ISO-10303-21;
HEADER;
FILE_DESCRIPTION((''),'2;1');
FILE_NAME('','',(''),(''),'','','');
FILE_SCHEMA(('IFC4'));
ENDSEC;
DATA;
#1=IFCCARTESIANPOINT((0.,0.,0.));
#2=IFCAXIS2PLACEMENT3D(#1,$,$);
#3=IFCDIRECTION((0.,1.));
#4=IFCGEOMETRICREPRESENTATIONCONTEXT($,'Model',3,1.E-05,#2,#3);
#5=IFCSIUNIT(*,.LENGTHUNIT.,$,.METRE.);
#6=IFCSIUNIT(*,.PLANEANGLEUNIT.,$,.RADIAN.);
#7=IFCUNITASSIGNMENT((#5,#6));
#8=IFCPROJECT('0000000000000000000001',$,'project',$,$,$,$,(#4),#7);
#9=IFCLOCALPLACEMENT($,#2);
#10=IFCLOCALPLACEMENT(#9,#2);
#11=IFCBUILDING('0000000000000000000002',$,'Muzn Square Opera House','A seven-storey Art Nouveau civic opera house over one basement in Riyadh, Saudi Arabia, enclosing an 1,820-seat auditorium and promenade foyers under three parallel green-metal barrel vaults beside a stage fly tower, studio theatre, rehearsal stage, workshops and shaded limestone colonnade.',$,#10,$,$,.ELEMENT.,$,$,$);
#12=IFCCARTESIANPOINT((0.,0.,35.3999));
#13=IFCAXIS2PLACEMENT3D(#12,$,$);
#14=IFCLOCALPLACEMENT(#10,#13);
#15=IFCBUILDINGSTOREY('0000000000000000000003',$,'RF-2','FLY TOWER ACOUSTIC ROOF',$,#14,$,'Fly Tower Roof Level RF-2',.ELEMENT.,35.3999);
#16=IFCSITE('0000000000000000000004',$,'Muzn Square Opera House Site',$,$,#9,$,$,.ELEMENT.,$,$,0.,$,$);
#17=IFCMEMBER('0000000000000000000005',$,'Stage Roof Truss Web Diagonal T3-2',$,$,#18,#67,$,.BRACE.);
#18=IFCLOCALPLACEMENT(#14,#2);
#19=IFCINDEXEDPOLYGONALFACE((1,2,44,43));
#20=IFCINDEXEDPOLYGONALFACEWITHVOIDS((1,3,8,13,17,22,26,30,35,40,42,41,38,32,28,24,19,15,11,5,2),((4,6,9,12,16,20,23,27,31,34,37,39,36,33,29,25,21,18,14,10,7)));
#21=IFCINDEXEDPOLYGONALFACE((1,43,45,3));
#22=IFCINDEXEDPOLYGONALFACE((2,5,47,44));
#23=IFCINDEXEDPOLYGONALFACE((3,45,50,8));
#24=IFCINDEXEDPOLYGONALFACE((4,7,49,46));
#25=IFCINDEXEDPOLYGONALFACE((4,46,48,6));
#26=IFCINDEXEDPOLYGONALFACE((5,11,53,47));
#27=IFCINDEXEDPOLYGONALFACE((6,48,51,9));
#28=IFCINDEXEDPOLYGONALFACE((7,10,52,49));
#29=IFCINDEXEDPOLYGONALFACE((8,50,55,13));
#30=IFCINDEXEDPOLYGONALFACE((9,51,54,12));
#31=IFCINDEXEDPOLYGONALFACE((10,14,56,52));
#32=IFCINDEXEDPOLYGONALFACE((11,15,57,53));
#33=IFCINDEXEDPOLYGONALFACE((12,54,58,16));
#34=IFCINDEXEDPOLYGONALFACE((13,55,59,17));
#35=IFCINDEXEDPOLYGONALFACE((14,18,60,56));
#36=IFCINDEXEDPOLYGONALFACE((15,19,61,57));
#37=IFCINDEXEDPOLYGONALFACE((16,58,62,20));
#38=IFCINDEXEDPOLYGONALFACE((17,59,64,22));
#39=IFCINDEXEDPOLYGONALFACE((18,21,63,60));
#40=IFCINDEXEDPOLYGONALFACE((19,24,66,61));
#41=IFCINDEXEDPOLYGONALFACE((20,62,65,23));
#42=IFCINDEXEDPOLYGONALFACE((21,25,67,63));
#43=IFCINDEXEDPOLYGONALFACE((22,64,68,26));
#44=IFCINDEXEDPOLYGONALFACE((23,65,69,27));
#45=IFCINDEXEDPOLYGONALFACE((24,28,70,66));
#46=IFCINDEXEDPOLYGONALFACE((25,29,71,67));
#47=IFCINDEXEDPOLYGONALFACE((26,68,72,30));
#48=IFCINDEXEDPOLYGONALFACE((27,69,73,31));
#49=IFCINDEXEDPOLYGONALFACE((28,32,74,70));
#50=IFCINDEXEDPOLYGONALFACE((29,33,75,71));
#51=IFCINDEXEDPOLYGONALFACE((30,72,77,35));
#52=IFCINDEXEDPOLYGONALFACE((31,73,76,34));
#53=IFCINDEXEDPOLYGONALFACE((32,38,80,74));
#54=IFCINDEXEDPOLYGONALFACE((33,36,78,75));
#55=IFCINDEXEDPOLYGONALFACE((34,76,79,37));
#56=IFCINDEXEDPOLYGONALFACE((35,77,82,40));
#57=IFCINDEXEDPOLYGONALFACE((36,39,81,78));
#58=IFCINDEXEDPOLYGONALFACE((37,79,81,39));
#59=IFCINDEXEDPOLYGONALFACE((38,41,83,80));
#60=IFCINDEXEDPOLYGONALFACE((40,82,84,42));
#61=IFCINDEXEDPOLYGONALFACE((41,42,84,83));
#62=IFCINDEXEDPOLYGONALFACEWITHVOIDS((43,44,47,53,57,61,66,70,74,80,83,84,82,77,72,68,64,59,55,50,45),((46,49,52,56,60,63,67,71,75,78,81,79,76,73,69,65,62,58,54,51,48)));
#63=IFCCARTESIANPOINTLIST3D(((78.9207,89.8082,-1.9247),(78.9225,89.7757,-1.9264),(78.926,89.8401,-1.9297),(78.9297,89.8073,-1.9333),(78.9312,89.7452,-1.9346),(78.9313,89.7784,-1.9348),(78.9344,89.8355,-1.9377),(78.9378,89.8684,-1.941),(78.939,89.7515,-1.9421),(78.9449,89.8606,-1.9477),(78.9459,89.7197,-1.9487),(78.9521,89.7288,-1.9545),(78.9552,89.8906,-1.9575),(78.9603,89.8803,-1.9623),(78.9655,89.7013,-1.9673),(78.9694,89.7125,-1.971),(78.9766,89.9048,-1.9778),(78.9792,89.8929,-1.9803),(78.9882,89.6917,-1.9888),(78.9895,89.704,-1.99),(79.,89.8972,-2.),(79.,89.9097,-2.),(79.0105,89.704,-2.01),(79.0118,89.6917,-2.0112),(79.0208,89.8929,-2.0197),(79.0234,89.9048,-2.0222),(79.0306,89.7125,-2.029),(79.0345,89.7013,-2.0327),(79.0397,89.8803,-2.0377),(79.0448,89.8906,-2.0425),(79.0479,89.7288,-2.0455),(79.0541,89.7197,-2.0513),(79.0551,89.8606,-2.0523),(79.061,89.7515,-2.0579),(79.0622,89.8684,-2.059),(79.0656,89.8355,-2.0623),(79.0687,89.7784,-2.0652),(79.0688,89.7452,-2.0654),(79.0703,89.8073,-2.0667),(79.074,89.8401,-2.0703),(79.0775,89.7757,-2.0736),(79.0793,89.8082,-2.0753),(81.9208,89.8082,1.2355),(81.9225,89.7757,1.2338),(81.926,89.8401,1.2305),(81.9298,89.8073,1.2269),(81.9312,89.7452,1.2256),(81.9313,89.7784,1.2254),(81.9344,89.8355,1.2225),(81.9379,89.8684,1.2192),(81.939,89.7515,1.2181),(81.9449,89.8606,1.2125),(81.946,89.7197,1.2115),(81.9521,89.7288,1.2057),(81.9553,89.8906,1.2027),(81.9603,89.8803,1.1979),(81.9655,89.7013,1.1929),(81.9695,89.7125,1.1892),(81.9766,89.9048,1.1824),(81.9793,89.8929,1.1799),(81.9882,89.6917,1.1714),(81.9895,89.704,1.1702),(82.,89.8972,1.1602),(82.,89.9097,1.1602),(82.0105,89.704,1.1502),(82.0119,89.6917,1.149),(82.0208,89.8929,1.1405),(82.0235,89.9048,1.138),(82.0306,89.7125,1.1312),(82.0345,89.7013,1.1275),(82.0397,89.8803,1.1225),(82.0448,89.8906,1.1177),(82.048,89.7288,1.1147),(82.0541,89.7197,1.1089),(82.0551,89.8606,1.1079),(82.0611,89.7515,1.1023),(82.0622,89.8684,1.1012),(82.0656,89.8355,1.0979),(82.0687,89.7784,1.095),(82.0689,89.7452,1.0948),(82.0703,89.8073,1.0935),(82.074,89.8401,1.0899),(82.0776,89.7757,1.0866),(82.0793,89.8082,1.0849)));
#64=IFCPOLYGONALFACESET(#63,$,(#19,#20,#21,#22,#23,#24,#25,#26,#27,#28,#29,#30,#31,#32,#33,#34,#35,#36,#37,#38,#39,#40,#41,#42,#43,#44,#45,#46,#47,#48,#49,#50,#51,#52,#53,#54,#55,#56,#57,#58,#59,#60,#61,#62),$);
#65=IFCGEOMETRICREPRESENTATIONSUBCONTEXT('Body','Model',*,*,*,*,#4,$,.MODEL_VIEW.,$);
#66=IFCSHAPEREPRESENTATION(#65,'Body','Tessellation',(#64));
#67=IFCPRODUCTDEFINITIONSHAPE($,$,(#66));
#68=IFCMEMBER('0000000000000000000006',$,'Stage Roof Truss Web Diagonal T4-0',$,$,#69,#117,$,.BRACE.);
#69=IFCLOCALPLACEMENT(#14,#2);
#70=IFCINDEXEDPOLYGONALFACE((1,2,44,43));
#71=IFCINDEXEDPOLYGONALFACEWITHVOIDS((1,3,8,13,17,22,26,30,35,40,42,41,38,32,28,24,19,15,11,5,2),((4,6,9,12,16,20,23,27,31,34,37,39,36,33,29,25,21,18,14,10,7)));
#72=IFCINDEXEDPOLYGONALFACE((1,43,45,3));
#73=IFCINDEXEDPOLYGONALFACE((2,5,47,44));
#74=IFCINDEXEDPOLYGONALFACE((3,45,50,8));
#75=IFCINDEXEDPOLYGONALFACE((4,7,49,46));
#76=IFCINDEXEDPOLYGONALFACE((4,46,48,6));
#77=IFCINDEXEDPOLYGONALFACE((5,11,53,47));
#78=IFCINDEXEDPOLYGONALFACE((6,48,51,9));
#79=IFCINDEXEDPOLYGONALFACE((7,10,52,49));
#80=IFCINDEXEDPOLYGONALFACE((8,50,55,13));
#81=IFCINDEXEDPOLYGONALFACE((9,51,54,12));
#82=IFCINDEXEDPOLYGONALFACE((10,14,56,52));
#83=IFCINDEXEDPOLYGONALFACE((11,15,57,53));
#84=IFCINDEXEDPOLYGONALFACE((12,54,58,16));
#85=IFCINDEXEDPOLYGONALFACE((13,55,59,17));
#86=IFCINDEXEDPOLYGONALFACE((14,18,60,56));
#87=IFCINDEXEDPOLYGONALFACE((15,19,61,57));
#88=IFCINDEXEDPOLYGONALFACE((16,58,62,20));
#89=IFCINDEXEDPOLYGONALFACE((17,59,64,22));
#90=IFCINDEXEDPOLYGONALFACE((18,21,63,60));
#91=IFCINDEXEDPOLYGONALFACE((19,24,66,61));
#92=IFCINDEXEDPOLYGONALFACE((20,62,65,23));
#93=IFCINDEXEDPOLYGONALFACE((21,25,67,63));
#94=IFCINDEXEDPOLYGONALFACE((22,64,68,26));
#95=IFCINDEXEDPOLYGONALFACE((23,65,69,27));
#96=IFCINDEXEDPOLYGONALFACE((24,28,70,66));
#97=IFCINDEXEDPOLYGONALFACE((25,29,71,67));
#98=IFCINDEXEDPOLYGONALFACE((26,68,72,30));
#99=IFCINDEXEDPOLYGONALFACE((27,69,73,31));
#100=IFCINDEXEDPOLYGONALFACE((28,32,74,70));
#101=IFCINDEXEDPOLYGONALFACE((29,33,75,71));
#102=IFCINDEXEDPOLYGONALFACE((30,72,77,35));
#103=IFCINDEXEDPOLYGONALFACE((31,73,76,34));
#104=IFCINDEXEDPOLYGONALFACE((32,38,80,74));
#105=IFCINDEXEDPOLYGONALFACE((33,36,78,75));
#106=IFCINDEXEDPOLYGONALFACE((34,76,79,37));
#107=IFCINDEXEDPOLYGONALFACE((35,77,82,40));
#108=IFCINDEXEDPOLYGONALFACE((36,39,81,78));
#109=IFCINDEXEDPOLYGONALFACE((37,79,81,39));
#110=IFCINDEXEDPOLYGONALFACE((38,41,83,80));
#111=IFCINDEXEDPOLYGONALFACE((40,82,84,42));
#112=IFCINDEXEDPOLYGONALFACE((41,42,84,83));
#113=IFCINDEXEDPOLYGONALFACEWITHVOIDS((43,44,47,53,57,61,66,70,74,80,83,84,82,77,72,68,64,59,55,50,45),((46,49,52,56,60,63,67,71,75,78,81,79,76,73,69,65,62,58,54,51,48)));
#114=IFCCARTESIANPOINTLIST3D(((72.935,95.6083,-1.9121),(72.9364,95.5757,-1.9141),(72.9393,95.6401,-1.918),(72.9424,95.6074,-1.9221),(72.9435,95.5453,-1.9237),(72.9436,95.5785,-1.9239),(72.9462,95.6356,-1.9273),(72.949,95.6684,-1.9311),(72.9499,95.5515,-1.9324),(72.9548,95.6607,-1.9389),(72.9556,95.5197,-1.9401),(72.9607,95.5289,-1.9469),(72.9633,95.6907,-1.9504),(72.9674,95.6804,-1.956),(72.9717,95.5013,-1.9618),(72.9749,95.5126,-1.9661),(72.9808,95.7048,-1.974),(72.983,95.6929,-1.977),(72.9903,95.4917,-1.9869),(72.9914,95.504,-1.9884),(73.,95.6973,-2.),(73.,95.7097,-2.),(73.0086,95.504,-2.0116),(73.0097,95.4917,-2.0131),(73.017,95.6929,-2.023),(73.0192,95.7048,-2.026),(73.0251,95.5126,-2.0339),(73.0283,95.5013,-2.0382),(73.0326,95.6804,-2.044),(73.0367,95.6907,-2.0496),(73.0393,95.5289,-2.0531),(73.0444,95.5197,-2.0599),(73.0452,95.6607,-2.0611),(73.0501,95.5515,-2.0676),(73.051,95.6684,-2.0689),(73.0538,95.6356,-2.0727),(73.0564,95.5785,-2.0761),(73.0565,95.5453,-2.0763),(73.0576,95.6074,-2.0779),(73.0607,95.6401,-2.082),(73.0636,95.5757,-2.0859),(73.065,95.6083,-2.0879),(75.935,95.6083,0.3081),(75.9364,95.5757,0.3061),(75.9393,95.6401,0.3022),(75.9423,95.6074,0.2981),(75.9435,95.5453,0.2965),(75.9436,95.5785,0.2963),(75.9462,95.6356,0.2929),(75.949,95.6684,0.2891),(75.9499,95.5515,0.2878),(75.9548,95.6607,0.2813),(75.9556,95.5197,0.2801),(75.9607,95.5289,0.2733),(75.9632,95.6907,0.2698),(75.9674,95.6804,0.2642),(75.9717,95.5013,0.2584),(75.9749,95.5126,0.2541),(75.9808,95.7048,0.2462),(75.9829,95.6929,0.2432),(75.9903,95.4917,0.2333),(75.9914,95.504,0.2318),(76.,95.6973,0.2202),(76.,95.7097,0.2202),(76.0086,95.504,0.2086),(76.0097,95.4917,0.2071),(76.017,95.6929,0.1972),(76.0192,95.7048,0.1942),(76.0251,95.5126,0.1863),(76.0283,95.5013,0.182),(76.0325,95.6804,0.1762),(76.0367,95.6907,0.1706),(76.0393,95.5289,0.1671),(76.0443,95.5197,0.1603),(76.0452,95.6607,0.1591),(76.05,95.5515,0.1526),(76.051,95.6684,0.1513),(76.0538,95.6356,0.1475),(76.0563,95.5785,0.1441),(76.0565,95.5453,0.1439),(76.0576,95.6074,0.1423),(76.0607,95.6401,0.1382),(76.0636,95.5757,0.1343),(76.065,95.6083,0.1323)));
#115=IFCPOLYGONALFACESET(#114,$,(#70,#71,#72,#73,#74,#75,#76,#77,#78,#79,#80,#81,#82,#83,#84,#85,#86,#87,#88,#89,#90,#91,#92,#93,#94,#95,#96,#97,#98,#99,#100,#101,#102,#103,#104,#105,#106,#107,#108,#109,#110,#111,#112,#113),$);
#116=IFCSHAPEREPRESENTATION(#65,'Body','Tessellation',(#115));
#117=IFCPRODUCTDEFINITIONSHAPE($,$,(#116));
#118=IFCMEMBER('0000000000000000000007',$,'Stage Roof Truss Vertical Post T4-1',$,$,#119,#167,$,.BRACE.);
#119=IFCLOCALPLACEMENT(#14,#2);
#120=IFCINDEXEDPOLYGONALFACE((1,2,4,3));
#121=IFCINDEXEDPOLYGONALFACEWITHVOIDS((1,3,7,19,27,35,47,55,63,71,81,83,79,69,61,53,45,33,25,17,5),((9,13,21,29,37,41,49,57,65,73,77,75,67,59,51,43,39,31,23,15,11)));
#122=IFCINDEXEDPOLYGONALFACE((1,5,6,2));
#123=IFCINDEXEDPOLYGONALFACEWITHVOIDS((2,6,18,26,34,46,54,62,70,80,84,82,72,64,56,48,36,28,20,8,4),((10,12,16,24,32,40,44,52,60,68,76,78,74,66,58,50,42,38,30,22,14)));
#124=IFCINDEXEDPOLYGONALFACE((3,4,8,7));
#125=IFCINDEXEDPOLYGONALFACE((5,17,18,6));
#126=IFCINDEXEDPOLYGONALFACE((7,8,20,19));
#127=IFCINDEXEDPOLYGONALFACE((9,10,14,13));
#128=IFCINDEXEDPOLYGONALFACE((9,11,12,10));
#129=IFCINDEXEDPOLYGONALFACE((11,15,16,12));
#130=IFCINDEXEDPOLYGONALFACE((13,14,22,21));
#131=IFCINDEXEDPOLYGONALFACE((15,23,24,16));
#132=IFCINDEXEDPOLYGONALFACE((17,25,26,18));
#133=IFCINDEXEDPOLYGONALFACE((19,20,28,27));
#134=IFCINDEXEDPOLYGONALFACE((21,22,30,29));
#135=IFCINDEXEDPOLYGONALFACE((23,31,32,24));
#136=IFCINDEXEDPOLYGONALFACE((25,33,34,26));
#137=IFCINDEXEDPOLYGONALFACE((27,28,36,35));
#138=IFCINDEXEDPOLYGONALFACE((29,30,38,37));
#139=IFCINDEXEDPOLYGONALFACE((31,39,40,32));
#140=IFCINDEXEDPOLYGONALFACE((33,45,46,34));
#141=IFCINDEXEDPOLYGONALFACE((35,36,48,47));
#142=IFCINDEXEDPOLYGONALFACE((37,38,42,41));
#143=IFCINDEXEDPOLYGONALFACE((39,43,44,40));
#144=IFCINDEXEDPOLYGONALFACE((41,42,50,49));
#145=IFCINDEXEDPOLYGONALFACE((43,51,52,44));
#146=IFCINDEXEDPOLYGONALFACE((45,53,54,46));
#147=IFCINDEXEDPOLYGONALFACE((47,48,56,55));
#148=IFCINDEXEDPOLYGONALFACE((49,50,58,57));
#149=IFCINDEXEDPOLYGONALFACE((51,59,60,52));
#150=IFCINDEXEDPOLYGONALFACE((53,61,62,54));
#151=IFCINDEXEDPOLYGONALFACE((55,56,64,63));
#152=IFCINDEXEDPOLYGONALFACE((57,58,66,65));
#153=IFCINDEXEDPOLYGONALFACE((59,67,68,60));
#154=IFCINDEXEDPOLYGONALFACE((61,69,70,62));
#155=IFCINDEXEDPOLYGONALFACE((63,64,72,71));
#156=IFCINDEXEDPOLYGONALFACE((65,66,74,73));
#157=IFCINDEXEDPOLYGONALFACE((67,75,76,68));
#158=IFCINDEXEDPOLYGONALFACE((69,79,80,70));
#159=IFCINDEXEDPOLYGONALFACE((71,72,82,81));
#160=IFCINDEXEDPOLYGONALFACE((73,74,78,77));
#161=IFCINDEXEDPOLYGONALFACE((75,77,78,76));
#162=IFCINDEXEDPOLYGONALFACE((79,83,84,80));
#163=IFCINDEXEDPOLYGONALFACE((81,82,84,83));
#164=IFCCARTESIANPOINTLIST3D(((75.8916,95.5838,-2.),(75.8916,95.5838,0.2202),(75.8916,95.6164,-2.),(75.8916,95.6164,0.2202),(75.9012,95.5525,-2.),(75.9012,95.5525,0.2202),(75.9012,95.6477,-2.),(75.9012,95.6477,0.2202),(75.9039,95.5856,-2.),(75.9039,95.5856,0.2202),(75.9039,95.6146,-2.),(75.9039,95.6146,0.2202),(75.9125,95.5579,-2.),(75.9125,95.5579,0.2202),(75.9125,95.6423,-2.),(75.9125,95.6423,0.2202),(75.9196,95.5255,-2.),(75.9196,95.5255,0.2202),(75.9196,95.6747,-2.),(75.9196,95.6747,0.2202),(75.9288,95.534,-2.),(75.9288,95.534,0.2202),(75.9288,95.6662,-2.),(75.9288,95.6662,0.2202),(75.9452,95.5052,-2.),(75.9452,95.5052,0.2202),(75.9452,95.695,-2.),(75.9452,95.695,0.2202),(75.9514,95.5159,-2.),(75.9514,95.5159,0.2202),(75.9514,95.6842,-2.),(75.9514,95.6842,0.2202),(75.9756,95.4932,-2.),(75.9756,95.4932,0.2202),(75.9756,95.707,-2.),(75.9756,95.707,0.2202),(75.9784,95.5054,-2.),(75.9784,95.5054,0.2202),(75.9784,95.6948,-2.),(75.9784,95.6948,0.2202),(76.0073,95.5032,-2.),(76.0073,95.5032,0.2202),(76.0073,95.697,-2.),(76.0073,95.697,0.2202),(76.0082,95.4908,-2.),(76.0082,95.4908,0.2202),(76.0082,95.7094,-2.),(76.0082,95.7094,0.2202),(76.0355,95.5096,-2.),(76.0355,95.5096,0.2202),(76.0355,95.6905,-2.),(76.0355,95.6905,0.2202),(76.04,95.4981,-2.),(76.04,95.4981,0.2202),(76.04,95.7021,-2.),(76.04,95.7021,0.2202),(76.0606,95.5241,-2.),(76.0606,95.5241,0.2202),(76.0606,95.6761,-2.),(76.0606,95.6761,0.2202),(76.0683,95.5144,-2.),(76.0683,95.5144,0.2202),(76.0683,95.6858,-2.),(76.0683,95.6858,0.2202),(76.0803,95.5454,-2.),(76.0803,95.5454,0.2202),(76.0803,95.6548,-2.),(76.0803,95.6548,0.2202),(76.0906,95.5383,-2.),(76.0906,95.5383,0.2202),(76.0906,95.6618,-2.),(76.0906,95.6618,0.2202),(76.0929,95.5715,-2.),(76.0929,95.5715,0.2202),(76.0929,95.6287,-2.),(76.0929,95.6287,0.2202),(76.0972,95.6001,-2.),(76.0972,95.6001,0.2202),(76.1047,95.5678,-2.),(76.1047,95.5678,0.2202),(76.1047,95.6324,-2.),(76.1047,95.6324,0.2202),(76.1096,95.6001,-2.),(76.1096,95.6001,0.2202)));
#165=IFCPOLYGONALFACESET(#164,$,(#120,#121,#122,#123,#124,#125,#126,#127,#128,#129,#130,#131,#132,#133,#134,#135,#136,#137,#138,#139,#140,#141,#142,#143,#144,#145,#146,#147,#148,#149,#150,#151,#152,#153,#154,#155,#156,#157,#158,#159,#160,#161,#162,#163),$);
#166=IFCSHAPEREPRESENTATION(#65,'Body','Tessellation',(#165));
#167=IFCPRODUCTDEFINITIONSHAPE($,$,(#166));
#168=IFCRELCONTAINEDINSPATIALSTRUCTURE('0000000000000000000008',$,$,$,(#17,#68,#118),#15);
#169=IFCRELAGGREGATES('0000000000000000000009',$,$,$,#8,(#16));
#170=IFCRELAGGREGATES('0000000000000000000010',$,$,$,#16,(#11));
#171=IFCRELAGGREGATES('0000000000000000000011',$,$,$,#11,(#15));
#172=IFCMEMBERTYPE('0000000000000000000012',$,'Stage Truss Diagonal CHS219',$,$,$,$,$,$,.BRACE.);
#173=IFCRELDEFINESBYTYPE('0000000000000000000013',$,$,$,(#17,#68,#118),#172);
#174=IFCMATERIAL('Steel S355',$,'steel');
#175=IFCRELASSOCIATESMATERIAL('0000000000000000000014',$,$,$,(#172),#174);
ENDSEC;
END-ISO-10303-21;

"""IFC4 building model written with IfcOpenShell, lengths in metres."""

from ifc_helpers import new_model, si_unit, direction, frame, origin, origin_2d, place, context, subcontext, project, spatial, hollow_circle, extrude, material, material_profile, profile_set, type_object, element, save


model = new_model("IFC4")

# Units and contexts
model_context = context("Model", 3, precision=1e-05, world=origin(), true_north=direction((0.0, 1.0)))
body_context = subcontext(model_context, "Body", "Model", "MODEL_VIEW")
ifc_project = project(units=[si_unit("LENGTHUNIT", "METRE"), si_unit("PLANEANGLEUNIT", "RADIAN")], contexts=[model_context])

# Site, building, storey
site_placement = place(None, origin())
site = spatial("IfcSite", under=ifc_project, at=site_placement, Name="Muzn Square Opera House Site", CompositionType="ELEMENT", RefElevation=0.0)
building_placement = place(site_placement, origin())
building = spatial("IfcBuilding", under=site, at=building_placement, Name="Muzn Square Opera House", Description="A seven-storey Art Nouveau civic opera house over one basement in Riyadh, Saudi Arabia, enclosing an 1,820-seat auditorium and promenade foyers under three parallel green-metal barrel vaults beside a stage fly tower, studio theatre, rehearsal stage, workshops and shaded limestone colonnade.", CompositionType="ELEMENT")
storey_placement = place(building_placement, frame((0.0, 0.0, 35.3999)))
storey = spatial("IfcBuildingStorey", under=building, at=storey_placement, Name="RF-2", Description="FLY TOWER ACOUSTIC ROOF", LongName="Fly Tower Roof Level RF-2", CompositionType="ELEMENT", Elevation=35.3999)

# Members
ifc_material = material(Name="Steel S355", Category="steel")
ifc_material_profile_1 = material_profile(ifc_material, hollow_circle(Radius=0.1096, WallThickness=0.0125, at=origin_2d()), Name="CHS 219.1x12.5", Category="steel")
ifc_profile_set_1 = profile_set([ifc_material_profile_1], Name="Steel S355")
member_type_1 = type_object("IfcMemberType", Name="Stage Truss Diagonal CHS219", PredefinedType="BRACE", material=ifc_profile_set_1)
member_1_placement = place(storey_placement, frame((79.0, 89.8, -2.0), z_axis=(0.68849, 0.0, 0.725246), x_axis=(0.0, 1.0, 0.0)))
element("IfcMember", 1, at=member_1_placement, inside=storey, type_object=member_type_1, Name="Stage Roof Truss Web Diagonal T3-2", PredefinedType="BRACE", context=body_context, shape_type="SweptSolid", body=[
    extrude(hollow_circle(Radius=0.1096, WallThickness=0.0125, at=origin_2d()), origin(), (0.0, 0.0, 1.0), 4.3574),
])
member_2_placement = place(storey_placement, frame((73.0, 95.6001, -2.0), z_axis=(0.803814, 0.0, 0.59488), x_axis=(0.0, 1.0, 0.0)))
element("IfcMember", 2, at=member_2_placement, inside=storey, type_object=member_type_1, Name="Stage Roof Truss Web Diagonal T4-0", PredefinedType="BRACE", context=body_context, shape_type="SweptSolid", body=[
    extrude(hollow_circle(Radius=0.1096, WallThickness=0.0125, at=origin_2d()), origin(), (0.0, 0.0, 1.0), 3.7322),
])
member_3_placement = place(storey_placement, frame((76.0, 95.6001, -2.0), z_axis=(0.0, 0.0, 1.0), x_axis=(1.0, 0.0, 0.0)))
element("IfcMember", 3, at=member_3_placement, inside=storey, type_object=member_type_1, Name="Stage Roof Truss Vertical Post T4-1", PredefinedType="BRACE", context=body_context, shape_type="SweptSolid", body=[
    extrude(hollow_circle(Radius=0.1096, WallThickness=0.0125, at=origin_2d()), origin(), (0.0, 0.0, 1.0), 2.2202),
])

save(model, "model.ifc")
